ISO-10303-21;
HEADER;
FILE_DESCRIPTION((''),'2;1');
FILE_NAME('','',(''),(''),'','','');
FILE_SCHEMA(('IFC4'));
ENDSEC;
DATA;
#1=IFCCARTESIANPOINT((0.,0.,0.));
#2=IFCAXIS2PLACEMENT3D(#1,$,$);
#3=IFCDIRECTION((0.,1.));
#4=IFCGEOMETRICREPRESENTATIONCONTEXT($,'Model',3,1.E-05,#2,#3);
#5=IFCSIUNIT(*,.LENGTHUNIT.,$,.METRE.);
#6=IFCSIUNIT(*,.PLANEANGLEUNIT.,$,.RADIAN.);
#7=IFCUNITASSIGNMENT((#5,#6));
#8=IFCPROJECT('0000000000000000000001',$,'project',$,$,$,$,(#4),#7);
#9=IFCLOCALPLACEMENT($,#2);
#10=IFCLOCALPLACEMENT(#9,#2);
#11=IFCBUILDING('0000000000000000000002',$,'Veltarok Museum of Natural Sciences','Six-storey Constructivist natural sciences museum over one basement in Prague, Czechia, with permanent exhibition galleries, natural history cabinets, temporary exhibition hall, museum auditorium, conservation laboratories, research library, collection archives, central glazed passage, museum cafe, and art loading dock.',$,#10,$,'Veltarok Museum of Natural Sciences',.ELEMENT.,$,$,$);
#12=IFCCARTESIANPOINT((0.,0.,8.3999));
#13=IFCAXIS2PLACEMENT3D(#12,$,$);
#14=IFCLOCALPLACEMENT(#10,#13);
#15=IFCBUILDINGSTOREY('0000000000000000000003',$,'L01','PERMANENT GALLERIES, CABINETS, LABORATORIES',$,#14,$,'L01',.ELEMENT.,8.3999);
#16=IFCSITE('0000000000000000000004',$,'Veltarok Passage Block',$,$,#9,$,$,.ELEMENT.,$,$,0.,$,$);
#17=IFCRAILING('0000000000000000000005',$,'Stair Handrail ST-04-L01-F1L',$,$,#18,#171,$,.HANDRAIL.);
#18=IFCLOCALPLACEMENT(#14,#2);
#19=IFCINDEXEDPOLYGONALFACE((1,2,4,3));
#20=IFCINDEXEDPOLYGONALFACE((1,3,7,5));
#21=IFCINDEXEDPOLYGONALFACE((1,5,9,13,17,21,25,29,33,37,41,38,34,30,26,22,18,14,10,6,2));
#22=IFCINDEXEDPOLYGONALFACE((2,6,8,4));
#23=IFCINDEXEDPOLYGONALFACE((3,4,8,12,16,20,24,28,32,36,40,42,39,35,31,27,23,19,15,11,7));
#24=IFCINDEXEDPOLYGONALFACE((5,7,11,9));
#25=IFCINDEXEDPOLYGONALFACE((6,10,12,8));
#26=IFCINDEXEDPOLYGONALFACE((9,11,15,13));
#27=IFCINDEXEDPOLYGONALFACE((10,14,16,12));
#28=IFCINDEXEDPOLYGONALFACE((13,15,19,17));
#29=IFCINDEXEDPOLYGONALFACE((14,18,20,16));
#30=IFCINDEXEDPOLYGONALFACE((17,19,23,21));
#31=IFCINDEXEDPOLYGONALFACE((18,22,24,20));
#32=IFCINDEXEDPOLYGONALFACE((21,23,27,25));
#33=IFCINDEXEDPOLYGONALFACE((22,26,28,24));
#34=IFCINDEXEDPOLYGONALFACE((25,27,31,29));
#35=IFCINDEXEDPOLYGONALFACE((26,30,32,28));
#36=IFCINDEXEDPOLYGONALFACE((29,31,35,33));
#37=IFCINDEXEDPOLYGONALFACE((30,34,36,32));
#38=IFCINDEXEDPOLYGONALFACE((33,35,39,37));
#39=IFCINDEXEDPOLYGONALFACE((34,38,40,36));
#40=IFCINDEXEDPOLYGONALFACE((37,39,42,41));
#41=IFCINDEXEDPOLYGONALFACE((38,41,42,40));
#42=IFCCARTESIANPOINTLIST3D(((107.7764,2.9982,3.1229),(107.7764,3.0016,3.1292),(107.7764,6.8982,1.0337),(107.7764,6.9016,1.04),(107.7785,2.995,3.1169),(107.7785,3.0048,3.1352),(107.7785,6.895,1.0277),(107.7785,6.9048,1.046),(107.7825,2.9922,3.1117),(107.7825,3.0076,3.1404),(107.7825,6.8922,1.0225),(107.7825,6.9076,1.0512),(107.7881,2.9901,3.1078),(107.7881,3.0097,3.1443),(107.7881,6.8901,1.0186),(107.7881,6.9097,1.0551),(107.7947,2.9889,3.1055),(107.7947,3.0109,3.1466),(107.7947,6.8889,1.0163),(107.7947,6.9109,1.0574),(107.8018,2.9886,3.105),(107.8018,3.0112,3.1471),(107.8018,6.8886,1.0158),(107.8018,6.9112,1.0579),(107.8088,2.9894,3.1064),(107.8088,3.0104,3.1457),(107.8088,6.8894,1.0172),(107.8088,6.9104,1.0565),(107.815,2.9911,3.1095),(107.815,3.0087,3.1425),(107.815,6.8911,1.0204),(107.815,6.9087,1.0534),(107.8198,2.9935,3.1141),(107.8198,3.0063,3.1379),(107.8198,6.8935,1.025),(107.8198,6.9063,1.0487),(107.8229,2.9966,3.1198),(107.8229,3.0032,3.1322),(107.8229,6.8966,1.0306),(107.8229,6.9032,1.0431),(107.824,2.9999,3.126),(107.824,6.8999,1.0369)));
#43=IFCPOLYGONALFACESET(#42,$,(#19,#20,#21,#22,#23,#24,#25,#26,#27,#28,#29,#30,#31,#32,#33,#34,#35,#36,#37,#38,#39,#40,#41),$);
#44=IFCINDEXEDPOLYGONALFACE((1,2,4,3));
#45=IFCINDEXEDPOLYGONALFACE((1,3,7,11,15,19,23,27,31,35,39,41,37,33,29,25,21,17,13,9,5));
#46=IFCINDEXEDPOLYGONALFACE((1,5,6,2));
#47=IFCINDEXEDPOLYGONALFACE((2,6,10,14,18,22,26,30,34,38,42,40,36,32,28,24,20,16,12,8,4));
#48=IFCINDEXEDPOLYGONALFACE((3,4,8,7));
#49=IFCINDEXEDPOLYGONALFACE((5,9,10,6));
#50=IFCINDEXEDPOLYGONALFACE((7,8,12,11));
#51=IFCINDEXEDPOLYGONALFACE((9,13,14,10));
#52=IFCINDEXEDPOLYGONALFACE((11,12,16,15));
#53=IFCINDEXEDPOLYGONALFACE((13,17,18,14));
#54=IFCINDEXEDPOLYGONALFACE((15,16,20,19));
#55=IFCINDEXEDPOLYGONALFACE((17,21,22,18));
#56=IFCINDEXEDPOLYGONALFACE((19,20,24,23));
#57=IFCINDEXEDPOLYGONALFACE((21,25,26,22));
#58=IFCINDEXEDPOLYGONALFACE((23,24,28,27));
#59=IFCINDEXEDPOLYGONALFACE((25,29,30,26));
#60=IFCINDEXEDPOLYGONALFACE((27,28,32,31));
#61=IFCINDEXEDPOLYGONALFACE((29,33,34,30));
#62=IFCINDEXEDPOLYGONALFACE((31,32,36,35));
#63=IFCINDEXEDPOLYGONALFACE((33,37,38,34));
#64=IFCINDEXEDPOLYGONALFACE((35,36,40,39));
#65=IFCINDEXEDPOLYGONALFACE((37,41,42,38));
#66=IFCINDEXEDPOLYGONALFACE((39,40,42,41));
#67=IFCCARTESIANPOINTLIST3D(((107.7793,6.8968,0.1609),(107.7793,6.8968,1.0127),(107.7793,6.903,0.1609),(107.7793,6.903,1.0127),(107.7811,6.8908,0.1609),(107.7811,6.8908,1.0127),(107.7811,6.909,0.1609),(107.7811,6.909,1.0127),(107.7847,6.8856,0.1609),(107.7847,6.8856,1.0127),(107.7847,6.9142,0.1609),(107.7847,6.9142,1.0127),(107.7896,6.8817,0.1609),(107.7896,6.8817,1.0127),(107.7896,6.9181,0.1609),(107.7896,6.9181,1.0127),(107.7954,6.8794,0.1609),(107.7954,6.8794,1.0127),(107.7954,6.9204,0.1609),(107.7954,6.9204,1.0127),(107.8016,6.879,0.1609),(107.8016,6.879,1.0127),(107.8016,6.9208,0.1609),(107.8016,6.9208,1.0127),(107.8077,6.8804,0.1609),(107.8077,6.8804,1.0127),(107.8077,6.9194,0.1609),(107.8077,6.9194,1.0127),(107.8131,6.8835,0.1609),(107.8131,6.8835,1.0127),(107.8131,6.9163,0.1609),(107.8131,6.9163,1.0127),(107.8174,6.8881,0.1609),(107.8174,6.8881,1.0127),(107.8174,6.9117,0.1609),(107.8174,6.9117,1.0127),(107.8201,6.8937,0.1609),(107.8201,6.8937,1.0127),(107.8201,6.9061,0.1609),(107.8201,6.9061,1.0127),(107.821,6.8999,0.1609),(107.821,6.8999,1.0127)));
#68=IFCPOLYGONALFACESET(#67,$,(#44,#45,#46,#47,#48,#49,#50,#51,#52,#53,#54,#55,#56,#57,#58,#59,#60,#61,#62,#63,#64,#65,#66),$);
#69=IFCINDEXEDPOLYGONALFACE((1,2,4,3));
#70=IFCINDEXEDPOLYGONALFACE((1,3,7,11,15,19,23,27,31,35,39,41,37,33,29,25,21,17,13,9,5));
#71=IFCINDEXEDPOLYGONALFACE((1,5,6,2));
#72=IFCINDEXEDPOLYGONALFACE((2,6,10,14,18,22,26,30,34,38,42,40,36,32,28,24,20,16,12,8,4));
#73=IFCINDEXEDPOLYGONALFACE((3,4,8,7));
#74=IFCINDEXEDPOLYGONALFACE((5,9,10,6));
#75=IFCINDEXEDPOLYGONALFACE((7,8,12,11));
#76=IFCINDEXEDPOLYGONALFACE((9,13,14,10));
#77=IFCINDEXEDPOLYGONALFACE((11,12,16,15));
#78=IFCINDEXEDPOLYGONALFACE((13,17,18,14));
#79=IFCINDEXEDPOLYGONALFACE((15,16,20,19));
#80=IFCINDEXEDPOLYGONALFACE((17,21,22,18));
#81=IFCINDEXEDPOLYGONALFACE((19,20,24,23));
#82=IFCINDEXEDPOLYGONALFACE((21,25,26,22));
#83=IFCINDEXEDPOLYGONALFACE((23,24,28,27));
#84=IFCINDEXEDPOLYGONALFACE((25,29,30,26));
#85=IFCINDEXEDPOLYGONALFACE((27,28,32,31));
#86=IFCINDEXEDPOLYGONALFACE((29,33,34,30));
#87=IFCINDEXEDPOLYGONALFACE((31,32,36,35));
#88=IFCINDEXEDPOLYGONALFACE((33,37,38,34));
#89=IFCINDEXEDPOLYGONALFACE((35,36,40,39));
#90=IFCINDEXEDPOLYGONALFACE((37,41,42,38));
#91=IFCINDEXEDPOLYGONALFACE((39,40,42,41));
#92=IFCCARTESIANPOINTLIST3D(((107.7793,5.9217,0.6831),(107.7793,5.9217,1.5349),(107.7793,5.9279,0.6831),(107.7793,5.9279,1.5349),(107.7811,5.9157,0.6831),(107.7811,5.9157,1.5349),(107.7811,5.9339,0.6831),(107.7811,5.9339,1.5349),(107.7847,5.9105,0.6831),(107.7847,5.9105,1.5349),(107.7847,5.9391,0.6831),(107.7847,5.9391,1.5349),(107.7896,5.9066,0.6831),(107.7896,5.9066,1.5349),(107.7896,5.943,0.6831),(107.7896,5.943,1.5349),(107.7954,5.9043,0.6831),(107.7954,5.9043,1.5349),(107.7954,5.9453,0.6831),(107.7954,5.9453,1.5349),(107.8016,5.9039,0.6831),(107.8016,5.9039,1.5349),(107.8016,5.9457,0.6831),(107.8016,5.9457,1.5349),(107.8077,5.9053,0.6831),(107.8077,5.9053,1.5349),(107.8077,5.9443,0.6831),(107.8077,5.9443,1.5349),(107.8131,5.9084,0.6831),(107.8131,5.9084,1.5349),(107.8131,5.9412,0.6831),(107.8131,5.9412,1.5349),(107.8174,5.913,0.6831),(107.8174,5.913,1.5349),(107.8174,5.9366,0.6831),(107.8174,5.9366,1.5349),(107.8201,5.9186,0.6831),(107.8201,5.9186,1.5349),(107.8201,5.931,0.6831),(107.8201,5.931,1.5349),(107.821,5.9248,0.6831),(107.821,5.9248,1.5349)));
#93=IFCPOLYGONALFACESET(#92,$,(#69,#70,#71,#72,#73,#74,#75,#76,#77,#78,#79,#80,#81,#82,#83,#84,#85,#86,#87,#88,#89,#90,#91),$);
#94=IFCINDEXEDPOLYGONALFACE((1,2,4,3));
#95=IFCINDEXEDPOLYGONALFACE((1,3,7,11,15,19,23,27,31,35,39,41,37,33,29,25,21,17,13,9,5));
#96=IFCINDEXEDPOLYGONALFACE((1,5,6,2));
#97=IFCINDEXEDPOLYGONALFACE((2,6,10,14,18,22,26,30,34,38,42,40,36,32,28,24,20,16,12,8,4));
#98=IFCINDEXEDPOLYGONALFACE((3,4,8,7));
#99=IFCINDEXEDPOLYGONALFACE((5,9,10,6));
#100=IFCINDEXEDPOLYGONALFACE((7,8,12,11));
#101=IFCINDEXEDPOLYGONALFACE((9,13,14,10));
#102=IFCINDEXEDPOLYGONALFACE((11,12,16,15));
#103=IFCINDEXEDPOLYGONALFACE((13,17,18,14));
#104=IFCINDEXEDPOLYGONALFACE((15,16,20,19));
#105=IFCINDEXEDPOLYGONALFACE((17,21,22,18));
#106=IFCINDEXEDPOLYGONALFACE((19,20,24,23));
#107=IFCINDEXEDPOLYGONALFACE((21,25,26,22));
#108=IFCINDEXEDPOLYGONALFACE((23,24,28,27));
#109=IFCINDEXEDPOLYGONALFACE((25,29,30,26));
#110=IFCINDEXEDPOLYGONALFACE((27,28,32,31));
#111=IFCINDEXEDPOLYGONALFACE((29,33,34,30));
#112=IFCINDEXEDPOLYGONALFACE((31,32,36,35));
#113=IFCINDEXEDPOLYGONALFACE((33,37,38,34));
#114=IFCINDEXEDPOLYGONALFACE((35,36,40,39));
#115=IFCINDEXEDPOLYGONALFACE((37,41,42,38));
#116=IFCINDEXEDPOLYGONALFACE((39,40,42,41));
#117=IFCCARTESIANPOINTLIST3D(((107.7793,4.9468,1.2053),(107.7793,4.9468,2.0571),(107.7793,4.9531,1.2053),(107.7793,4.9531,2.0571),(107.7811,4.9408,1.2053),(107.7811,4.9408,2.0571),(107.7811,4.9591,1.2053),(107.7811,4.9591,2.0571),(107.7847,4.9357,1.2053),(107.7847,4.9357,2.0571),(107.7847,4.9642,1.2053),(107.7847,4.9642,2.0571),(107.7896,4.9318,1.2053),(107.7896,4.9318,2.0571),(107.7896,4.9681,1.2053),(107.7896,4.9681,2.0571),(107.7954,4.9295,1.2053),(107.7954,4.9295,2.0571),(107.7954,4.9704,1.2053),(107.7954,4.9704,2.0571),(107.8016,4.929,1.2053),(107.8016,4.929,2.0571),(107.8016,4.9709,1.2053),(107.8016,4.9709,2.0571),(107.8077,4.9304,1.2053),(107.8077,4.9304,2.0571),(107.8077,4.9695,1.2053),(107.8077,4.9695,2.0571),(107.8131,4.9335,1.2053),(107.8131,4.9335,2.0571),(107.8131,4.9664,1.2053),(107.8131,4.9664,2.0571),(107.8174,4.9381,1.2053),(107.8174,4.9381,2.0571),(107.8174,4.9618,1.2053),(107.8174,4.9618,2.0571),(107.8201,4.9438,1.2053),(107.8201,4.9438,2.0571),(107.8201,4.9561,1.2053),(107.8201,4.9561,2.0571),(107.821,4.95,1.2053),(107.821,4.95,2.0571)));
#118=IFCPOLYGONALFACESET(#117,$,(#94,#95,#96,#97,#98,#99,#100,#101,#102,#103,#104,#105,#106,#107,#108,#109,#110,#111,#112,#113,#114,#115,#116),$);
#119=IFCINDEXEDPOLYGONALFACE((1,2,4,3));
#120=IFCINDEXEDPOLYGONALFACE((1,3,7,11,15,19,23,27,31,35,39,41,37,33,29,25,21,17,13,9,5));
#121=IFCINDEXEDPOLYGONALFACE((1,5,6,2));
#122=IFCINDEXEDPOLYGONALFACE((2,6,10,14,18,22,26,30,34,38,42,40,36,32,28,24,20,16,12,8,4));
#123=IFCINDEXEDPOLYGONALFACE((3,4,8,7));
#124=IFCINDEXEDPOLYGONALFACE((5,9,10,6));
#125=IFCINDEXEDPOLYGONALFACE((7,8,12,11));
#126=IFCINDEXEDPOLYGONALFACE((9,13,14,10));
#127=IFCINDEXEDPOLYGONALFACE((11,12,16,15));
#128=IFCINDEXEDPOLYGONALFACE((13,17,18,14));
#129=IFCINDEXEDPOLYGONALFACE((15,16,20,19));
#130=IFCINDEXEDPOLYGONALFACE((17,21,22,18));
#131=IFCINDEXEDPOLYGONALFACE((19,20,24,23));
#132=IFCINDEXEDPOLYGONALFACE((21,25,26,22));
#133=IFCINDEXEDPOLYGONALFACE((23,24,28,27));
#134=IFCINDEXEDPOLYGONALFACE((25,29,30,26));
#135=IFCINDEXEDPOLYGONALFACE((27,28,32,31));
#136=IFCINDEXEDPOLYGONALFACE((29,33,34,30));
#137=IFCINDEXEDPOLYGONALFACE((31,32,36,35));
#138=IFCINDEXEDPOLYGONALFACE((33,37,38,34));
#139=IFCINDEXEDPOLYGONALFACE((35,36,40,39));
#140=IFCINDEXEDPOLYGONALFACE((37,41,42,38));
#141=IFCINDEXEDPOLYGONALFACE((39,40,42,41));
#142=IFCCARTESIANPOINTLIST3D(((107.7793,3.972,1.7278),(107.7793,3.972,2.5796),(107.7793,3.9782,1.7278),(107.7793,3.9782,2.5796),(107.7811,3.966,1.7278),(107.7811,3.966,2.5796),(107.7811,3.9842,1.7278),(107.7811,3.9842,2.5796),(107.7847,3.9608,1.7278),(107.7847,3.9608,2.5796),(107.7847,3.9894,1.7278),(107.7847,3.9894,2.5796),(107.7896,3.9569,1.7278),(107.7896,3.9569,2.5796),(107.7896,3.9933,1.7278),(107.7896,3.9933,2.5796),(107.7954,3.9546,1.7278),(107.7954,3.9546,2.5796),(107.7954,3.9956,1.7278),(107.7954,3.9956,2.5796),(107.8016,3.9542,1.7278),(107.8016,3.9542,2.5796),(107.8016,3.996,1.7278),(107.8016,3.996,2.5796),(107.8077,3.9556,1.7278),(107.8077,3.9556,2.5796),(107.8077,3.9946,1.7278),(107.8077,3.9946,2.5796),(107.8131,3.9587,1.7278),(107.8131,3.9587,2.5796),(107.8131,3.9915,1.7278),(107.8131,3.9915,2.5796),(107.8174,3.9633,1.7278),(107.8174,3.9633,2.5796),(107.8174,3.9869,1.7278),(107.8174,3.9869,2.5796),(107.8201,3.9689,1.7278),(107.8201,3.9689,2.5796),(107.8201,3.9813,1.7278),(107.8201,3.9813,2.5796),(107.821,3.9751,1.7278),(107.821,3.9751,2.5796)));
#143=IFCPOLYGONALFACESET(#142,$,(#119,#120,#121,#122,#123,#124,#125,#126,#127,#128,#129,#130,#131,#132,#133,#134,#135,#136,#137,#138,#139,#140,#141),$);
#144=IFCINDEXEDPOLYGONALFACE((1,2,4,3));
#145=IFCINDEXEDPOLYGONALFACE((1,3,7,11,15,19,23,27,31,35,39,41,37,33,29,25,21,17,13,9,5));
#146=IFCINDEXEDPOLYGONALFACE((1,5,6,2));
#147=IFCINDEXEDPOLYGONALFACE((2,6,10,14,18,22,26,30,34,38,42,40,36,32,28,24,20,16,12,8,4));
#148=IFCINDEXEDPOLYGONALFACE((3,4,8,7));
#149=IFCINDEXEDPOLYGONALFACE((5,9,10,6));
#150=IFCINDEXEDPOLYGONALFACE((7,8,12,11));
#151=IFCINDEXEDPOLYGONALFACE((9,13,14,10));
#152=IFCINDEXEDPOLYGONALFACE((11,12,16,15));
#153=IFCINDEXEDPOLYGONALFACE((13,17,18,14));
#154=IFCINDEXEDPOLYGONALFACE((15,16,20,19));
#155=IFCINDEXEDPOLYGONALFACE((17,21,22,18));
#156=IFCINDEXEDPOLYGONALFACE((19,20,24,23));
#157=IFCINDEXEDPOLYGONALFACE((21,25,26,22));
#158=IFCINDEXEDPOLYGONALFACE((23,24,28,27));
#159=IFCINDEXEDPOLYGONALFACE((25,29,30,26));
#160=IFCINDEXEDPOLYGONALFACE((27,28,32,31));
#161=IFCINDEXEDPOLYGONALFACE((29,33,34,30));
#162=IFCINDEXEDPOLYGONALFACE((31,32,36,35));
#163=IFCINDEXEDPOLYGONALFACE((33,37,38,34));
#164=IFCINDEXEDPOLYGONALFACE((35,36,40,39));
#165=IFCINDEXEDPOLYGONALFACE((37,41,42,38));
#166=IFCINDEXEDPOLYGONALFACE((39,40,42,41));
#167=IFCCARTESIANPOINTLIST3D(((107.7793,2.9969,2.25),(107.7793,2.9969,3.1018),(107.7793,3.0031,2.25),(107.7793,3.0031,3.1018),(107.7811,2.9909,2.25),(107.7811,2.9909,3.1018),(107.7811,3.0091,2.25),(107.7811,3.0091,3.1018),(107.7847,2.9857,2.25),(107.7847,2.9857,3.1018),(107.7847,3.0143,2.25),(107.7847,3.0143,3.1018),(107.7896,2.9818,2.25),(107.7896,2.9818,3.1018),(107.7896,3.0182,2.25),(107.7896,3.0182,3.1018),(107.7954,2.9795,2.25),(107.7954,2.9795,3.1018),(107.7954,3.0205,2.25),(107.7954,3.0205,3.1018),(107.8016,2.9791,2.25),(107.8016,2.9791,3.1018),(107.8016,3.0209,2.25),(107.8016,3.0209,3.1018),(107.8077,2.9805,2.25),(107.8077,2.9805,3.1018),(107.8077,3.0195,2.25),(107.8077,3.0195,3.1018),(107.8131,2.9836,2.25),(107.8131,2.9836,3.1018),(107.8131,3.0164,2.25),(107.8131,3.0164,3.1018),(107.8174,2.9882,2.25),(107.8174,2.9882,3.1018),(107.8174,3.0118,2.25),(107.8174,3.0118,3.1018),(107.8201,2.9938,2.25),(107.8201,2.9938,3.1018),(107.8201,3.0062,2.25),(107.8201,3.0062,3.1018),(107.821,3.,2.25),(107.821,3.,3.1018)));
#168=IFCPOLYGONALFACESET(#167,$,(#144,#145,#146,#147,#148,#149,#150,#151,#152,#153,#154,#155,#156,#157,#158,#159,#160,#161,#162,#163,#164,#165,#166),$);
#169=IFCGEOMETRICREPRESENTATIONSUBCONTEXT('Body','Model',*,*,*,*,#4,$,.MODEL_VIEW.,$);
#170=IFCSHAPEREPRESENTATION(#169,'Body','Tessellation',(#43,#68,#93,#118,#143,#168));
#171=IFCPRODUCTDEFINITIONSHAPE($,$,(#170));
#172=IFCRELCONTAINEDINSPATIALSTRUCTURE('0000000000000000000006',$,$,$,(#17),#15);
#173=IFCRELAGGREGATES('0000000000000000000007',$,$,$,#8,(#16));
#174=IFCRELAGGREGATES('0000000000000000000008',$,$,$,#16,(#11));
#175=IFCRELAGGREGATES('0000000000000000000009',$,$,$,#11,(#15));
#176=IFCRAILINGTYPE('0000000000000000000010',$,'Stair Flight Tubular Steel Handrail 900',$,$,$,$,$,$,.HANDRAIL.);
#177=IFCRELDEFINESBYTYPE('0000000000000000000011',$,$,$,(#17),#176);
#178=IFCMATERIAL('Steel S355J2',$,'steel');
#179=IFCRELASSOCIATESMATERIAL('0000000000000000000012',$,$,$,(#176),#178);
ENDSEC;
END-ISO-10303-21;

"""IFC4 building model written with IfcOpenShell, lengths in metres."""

from ifc_helpers import new_model, si_unit, direction, frame, origin, origin_2d, place, context, subcontext, project, spatial, circle, extrude, material, type_object, element, save


model = new_model("IFC4")

# Units and contexts
model_context = context("Model", 3, precision=1e-05, world=origin(), true_north=direction((0.0, 1.0)))
body_context = subcontext(model_context, "Body", "Model", "MODEL_VIEW")
ifc_project = project(units=[si_unit("LENGTHUNIT", "METRE"), si_unit("PLANEANGLEUNIT", "RADIAN")], contexts=[model_context])

# Site, building, storey
site_placement = place(None, origin())
site = spatial("IfcSite", under=ifc_project, at=site_placement, Name="Veltarok Passage Block", CompositionType="ELEMENT", RefElevation=0.0)
building_placement = place(site_placement, origin())
building = spatial("IfcBuilding", under=site, at=building_placement, Name="Veltarok Museum of Natural Sciences", Description="Six-storey Constructivist natural sciences museum over one basement in Prague, Czechia, with permanent exhibition galleries, natural history cabinets, temporary exhibition hall, museum auditorium, conservation laboratories, research library, collection archives, central glazed passage, museum cafe, and art loading dock.", LongName="Veltarok Museum of Natural Sciences", CompositionType="ELEMENT")
storey_placement = place(building_placement, frame((0.0, 0.0, 8.3999)))
storey = spatial("IfcBuildingStorey", under=building, at=storey_placement, Name="L01", Description="PERMANENT GALLERIES, CABINETS, LABORATORIES", LongName="L01", CompositionType="ELEMENT", Elevation=8.3999)

# Shared definitions
ifc_material_1 = material(Name="Steel S355J2", Category="steel")

# Railing
railing_type_1 = type_object("IfcRailingType", Name="Stair Flight Tubular Steel Handrail 900", PredefinedType="HANDRAIL", material=ifc_material_1)
for number, where, name in (
    (1, (107.8, 6.8999, 0.1609), "Stair Handrail ST-04-L01-F1L"),
):
    element("IfcRailing", number, at=place(storey_placement, frame(where)), inside=storey, type_object=railing_type_1, Name=name, PredefinedType="HANDRAIL", context=body_context, shape_type="SweptSolid", body=[
        extrude(circle(Radius=0.0239, at=origin_2d()), frame((0.0, 0.0, 0.876), z_axis=(0.0, -0.881491, 0.4722), x_axis=(1.0, 0.0, 0.0)), (0.0, 0.0, 1.0), 4.4243),
        extrude(circle(Radius=0.021, at=origin_2d()), origin(), (0.0, 0.0, 1.0), 0.8518),
        extrude(circle(Radius=0.021, at=origin_2d()), frame((0.0, -0.9751, 0.5222)), (0.0, 0.0, 1.0), 0.8518),
        extrude(circle(Radius=0.021, at=origin_2d()), frame((0.0, -1.95, 1.0444)), (0.0, 0.0, 1.0), 0.8518),
        extrude(circle(Radius=0.021, at=origin_2d()), frame((0.0, -2.9248, 1.5669)), (0.0, 0.0, 1.0), 0.8518),
        extrude(circle(Radius=0.021, at=origin_2d()), frame((0.0, -3.8999, 2.0891)), (0.0, 0.0, 1.0), 0.8518),
    ])

save(model, "model.ifc")
